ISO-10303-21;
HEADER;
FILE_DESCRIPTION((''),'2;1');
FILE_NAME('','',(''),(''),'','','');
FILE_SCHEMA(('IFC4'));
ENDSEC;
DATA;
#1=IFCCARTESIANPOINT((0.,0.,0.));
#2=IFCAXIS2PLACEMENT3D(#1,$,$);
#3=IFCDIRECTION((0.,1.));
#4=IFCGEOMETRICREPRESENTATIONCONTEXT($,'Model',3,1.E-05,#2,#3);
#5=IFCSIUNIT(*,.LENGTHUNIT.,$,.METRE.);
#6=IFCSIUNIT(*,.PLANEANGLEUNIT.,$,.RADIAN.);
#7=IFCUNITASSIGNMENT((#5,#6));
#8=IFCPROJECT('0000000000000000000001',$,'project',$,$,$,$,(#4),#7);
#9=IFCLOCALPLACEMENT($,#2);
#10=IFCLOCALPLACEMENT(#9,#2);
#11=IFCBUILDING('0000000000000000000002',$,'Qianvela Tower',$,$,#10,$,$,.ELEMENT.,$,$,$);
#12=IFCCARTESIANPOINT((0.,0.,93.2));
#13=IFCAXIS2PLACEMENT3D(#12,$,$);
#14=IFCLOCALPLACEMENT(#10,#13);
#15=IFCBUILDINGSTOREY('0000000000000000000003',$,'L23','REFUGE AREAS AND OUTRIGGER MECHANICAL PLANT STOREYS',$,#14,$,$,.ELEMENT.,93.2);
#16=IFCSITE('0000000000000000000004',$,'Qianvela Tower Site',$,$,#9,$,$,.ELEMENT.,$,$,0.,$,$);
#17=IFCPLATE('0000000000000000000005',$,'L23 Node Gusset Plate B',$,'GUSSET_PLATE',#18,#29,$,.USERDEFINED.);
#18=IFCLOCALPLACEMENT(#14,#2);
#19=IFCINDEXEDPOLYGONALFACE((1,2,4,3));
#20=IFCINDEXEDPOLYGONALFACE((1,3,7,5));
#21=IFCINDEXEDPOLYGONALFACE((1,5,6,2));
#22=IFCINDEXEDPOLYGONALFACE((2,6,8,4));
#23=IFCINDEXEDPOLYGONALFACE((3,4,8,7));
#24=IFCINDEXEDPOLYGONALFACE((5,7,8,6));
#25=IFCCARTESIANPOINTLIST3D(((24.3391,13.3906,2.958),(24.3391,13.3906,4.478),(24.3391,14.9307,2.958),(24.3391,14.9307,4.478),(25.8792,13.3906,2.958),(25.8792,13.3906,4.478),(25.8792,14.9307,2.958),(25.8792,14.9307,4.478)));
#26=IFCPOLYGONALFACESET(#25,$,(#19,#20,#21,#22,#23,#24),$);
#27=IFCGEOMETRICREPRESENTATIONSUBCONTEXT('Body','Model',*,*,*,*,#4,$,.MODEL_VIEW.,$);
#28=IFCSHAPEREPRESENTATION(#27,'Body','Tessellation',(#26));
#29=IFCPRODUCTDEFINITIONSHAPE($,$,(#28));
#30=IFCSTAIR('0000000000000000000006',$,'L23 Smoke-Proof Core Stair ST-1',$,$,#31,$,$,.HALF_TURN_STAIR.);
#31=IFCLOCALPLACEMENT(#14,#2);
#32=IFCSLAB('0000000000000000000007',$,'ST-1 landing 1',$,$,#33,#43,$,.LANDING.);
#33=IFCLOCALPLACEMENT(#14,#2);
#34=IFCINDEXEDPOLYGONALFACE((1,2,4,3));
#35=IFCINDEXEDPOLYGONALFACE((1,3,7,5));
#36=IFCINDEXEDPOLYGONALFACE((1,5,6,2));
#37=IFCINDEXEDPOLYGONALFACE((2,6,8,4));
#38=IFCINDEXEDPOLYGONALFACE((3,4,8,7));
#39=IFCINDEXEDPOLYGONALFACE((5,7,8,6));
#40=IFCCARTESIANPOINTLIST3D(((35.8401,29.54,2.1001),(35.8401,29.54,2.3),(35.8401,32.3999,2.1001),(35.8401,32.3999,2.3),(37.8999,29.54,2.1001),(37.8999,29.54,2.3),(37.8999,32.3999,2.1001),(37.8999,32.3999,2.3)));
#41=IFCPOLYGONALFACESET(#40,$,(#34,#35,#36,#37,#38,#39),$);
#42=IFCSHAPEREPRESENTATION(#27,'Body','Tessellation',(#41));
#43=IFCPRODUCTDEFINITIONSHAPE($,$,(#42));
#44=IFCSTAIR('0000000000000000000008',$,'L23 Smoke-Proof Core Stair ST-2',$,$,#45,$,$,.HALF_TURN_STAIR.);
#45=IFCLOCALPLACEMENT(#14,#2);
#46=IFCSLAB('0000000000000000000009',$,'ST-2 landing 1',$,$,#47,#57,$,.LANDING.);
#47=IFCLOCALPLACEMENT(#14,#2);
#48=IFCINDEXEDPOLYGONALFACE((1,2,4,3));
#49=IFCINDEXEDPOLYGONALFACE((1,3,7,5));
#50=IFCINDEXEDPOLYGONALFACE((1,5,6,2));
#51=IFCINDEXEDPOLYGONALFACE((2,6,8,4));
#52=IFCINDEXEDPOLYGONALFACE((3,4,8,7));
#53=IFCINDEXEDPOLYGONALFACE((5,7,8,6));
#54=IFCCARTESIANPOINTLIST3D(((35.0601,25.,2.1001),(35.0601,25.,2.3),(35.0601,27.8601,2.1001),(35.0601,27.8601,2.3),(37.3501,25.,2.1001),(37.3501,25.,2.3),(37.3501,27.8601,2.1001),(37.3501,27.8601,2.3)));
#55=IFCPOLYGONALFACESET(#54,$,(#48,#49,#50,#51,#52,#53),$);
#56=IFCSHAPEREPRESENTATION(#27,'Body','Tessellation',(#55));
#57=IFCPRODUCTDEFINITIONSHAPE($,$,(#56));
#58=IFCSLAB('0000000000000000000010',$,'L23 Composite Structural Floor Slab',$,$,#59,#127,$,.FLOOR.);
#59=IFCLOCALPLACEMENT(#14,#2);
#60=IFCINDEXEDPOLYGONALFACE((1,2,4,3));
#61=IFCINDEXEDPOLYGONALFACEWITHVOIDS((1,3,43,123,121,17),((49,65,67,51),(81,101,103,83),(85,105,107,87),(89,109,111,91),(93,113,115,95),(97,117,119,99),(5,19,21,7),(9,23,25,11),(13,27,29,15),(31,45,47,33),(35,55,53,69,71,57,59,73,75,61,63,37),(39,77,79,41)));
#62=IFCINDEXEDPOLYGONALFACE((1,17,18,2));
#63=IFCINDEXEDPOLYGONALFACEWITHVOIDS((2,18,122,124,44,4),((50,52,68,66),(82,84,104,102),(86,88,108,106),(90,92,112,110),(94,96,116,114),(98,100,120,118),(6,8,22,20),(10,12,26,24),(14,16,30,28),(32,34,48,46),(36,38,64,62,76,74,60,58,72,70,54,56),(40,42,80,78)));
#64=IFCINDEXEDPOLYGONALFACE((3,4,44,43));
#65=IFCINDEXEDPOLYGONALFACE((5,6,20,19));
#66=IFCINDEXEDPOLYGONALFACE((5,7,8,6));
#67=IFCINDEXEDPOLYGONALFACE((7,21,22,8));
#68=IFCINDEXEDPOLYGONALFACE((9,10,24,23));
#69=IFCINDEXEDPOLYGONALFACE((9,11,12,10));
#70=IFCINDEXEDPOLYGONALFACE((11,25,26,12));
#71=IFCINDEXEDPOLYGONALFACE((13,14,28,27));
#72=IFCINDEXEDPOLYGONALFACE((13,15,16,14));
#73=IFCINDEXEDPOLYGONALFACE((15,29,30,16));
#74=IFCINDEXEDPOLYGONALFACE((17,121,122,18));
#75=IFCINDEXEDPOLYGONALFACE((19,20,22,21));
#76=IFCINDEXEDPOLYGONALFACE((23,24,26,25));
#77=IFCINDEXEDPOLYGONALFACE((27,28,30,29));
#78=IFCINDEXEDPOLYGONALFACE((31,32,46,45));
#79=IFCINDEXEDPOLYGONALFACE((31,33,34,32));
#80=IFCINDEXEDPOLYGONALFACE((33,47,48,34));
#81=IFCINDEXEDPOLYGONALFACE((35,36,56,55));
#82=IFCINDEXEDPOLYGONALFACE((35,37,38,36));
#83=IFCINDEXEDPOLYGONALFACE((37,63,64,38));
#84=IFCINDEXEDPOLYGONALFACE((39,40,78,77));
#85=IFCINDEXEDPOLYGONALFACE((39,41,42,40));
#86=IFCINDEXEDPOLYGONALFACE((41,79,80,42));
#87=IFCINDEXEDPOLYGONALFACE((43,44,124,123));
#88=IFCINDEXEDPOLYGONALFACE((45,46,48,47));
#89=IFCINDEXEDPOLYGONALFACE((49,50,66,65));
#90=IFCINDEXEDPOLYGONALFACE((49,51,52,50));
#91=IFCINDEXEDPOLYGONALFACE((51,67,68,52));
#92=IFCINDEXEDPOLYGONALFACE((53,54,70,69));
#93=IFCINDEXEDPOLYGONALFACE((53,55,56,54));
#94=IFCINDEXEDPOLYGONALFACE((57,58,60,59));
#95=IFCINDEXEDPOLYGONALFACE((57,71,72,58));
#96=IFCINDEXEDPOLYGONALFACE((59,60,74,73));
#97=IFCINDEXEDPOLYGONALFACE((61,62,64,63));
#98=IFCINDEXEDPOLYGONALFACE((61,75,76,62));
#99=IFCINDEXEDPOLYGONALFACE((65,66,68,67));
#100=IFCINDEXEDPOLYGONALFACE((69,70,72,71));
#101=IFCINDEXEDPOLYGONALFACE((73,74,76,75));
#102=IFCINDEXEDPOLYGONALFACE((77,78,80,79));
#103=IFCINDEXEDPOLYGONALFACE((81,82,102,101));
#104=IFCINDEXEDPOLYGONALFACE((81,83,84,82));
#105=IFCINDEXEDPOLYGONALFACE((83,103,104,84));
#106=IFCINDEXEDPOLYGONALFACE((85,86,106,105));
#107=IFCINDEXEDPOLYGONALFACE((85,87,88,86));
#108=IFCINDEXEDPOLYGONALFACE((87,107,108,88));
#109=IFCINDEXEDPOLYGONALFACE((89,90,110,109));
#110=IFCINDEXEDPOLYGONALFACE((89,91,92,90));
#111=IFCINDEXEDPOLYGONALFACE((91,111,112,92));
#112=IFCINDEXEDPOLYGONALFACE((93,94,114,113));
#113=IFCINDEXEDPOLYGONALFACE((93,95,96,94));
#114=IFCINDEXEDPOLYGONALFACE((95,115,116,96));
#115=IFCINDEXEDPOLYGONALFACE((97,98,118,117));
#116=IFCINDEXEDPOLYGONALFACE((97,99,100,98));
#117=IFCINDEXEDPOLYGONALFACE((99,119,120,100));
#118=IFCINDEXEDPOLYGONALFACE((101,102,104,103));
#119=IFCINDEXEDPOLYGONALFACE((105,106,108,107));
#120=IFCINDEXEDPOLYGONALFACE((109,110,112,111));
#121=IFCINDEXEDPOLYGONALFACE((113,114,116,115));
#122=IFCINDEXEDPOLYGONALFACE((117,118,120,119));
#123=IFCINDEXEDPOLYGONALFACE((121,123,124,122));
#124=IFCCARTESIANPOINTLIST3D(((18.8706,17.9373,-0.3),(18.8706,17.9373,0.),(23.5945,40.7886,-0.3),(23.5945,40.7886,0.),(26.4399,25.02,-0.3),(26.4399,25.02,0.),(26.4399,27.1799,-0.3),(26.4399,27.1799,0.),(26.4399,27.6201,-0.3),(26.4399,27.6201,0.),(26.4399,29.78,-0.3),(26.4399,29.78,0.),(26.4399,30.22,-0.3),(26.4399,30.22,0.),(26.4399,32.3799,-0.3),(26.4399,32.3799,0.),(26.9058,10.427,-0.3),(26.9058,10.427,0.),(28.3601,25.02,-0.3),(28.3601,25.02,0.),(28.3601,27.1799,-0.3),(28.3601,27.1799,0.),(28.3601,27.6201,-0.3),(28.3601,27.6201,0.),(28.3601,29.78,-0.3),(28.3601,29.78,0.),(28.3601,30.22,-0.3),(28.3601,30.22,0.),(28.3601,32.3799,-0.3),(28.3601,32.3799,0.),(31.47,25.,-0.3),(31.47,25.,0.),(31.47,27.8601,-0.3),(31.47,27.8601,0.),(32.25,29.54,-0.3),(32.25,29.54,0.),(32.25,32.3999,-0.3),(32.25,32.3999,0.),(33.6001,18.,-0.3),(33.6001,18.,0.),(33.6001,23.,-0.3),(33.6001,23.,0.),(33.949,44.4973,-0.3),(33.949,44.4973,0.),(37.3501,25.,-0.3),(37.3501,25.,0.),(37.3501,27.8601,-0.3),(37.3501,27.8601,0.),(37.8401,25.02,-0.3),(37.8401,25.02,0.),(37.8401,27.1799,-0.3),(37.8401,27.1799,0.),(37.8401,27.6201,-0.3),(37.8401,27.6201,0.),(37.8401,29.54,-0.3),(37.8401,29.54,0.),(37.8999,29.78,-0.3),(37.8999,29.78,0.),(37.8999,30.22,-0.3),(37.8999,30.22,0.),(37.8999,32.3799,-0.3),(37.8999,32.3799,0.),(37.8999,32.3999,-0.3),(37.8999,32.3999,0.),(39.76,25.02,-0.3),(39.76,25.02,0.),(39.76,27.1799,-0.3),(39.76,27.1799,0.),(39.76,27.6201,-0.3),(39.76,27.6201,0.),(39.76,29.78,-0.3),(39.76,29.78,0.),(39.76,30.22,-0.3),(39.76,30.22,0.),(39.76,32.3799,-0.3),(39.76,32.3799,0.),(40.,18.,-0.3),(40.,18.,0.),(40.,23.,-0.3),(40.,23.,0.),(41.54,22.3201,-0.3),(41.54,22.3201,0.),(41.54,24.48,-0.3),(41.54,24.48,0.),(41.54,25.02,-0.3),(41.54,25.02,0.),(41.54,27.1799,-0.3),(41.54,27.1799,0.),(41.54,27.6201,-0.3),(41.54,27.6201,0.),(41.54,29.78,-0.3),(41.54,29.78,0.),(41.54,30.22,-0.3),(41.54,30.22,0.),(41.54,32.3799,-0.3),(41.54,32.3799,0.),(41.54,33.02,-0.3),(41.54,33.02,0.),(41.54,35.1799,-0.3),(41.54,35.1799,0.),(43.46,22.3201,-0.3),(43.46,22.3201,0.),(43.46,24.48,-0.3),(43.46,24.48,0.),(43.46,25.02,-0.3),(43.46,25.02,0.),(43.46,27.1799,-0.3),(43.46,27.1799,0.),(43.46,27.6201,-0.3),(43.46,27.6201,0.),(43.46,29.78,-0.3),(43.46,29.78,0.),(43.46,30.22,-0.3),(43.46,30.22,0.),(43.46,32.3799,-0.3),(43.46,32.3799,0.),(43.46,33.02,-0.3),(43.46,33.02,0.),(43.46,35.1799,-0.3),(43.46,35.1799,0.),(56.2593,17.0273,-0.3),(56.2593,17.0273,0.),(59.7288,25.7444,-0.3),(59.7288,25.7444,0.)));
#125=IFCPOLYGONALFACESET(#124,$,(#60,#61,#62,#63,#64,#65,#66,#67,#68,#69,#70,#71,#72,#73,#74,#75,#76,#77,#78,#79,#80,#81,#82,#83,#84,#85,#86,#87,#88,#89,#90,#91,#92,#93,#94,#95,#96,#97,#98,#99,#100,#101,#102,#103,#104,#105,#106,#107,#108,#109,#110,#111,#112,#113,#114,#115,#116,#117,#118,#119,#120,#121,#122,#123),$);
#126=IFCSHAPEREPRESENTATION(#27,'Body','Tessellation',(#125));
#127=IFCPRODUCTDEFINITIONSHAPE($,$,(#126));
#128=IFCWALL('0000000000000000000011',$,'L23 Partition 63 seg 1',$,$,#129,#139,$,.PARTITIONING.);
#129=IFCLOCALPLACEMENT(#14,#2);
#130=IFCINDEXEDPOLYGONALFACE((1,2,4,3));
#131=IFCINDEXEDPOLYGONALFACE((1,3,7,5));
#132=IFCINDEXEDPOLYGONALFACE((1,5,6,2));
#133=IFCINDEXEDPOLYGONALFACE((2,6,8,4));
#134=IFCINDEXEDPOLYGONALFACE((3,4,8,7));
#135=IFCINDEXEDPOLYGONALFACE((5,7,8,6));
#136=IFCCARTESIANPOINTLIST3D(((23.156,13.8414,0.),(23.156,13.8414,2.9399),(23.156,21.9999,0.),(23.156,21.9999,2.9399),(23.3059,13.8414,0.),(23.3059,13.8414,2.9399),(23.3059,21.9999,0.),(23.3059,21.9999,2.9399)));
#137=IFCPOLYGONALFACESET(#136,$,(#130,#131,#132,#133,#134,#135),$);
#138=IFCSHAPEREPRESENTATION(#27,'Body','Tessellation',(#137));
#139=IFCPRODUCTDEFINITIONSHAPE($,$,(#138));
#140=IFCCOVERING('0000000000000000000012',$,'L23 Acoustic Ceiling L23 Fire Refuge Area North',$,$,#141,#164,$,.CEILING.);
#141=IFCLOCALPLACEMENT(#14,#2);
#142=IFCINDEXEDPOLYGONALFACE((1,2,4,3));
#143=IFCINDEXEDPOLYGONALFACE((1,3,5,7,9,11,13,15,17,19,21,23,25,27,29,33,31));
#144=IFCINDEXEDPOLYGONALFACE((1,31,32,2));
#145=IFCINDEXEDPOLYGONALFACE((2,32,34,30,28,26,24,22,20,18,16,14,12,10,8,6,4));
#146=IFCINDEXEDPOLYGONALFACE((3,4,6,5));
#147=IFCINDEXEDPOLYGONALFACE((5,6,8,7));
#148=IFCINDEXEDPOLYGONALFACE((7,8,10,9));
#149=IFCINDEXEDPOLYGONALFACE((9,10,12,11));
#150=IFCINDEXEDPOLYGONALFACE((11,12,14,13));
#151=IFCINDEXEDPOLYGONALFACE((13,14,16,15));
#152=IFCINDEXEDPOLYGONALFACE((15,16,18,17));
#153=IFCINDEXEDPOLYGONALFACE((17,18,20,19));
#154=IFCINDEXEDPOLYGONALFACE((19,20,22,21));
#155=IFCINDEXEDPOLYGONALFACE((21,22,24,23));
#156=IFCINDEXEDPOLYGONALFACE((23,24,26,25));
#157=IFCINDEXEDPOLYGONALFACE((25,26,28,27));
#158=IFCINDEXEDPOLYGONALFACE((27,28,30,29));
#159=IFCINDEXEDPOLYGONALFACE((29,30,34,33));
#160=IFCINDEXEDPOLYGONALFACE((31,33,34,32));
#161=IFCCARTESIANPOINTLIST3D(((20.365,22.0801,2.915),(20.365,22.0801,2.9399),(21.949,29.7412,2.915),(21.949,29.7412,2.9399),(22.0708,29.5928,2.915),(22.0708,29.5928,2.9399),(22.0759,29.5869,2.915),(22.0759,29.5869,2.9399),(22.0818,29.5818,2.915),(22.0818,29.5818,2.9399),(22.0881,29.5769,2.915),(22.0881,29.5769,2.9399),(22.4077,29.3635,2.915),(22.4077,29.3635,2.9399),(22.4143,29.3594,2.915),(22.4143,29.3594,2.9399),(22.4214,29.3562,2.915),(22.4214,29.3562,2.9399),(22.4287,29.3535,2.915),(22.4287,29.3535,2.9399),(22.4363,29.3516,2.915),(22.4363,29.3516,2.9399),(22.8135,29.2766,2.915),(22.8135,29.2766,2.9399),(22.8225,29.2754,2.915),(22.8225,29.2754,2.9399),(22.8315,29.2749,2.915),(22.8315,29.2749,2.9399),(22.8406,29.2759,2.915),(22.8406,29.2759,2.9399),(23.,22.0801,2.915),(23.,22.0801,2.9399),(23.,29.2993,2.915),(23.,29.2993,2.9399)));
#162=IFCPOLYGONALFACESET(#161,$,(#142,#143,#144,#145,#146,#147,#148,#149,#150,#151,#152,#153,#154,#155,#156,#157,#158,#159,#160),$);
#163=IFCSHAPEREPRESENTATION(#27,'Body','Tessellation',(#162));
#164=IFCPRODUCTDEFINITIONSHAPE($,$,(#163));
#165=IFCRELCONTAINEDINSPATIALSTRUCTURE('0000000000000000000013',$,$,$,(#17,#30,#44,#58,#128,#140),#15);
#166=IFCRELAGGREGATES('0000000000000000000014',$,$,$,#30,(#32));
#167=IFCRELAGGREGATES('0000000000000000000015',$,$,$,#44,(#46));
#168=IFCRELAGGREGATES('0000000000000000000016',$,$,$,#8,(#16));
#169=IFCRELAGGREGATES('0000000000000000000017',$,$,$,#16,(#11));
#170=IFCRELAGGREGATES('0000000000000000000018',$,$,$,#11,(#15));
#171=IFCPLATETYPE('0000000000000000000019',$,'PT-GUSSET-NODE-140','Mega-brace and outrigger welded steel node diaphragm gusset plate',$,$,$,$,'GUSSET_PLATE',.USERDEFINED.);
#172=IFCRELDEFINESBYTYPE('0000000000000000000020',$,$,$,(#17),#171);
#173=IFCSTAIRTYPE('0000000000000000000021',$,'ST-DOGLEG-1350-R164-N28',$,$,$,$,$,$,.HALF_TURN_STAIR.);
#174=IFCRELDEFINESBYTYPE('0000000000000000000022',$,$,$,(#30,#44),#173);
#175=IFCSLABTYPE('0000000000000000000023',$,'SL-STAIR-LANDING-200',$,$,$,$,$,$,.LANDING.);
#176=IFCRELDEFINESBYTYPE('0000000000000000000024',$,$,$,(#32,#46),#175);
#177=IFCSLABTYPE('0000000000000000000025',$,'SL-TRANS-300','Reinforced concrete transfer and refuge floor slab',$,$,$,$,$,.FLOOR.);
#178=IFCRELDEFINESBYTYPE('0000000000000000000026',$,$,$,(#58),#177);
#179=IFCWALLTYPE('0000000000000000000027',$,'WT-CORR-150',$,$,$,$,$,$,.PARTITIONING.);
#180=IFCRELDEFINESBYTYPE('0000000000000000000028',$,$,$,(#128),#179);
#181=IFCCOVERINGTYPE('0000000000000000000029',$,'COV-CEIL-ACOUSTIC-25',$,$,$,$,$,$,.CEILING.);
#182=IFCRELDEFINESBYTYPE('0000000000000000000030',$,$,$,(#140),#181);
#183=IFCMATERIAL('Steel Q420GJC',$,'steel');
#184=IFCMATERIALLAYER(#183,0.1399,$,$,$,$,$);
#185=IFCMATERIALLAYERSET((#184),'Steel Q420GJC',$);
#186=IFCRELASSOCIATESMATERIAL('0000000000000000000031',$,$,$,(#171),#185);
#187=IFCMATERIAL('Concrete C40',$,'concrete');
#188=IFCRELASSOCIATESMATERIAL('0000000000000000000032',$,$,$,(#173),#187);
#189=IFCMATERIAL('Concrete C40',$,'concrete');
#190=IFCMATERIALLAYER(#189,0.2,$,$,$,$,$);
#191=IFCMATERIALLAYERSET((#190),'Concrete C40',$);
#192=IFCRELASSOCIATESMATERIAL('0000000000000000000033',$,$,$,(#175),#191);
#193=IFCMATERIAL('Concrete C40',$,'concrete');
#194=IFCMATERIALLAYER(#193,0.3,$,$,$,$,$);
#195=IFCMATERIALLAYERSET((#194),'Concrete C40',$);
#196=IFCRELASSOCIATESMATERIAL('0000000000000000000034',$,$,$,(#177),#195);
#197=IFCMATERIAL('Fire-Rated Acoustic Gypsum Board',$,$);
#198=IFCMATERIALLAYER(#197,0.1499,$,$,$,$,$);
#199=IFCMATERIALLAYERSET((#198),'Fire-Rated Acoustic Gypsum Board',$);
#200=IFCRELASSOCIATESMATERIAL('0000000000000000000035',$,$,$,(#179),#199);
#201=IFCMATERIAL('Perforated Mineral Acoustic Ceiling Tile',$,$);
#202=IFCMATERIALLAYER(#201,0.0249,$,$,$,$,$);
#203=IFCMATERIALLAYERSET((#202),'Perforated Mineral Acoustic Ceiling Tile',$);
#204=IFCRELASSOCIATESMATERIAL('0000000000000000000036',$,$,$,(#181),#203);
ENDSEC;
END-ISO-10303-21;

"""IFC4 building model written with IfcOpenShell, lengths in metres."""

from ifc_helpers import new_model, si_unit, direction, frame, frame_2d, origin, origin_2d, place, context, subcontext, project, spatial, polyline, rectangle, outline, extrude, material, layer, layer_set, type_object, element, aggregate, save


model = new_model("IFC4")

# Units and contexts
model_context = context("Model", 3, precision=1e-05, world=origin(), true_north=direction((0.0, 1.0)))
body_context = subcontext(model_context, "Body", "Model", "MODEL_VIEW")
ifc_project = project(units=[si_unit("LENGTHUNIT", "METRE"), si_unit("PLANEANGLEUNIT", "RADIAN")], contexts=[model_context])

# Site, building, storey
site_placement = place(None, origin())
site = spatial("IfcSite", under=ifc_project, at=site_placement, Name="Qianvela Tower Site", CompositionType="ELEMENT", RefElevation=0.0)
building_placement = place(site_placement, origin())
building = spatial("IfcBuilding", under=site, at=building_placement, Name="Qianvela Tower", CompositionType="ELEMENT")
storey_placement = place(building_placement, frame((0.0, 0.0, 93.2)))
storey = spatial("IfcBuildingStorey", under=building, at=storey_placement, Name="L23", Description="REFUGE AREAS AND OUTRIGGER MECHANICAL PLANT STOREYS", CompositionType="ELEMENT", Elevation=93.2)

# Plate
ifc_material_1 = material(Name="Steel Q420GJC", Category="steel")
ifc_layer_1 = layer(ifc_material_1, 0.1399)
ifc_layer_set_1 = layer_set([ifc_layer_1], Name="Steel Q420GJC")
plate_type = type_object("IfcPlateType", Name="PT-GUSSET-NODE-140", Description="Mega-brace and outrigger welded steel node diaphragm gusset plate", ElementType="GUSSET_PLATE", PredefinedType="USERDEFINED", material=ifc_layer_set_1)
plate_placement = place(storey_placement, frame((25.1091, 14.1606, 2.958), z_axis=(0.0, 0.0, 1.0), x_axis=(1.0, 0.0, 0.0)))
element("IfcPlate", 1, at=plate_placement, inside=storey, type_object=plate_type, Name="L23 Node Gusset Plate B", ObjectType="GUSSET_PLATE", PredefinedType="USERDEFINED", context=body_context, shape_type="SweptSolid", body=[
    extrude(rectangle(XDim=1.54, YDim=1.54, at=origin_2d()), origin(), (0.0, 0.0, 1.0), 1.52),
])

# Stairs, slabs
ifc_material_2 = material(Name="Concrete C40", Category="concrete")
stair_type = type_object("IfcStairType", Name="ST-DOGLEG-1350-R164-N28", PredefinedType="HALF_TURN_STAIR", material=ifc_material_2)
stair_1_placement = place(storey_placement, origin())
stair_1 = element("IfcStair", 2, at=stair_1_placement, inside=storey, type_object=stair_type, Name="L23 Smoke-Proof Core Stair ST-1", PredefinedType="HALF_TURN_STAIR")
ifc_material_3 = material(Name="Concrete C40", Category="concrete")
ifc_layer_2 = layer(ifc_material_3, 0.2)
ifc_layer_set_2 = layer_set([ifc_layer_2], Name="Concrete C40")
slab_type_1 = type_object("IfcSlabType", Name="SL-STAIR-LANDING-200", PredefinedType="LANDING", material=ifc_layer_set_2)
slab_1_placement = place(storey_placement, frame((0.0, 0.0, 2.1001)))
slab_1 = element("IfcSlab", 3, at=slab_1_placement, type_object=slab_type_1, Name="ST-1 landing 1", PredefinedType="LANDING", context=body_context, shape_type="SweptSolid", body=[
    extrude(outline(polyline([(35.8401, 29.54), (37.8999, 29.54), (37.8999, 32.3999), (35.8401, 32.3999), (35.8401, 29.54)])), origin(), (0.0, 0.0, 1.0), 0.2),
])
aggregate(stair_1, [slab_1])
stair_2_placement = place(storey_placement, origin())
stair_2 = element("IfcStair", 4, at=stair_2_placement, inside=storey, type_object=stair_type, Name="L23 Smoke-Proof Core Stair ST-2", PredefinedType="HALF_TURN_STAIR")
slab_2_placement = place(storey_placement, frame((0.0, 0.0, 2.1001)))
slab_2 = element("IfcSlab", 5, at=slab_2_placement, type_object=slab_type_1, Name="ST-2 landing 1", PredefinedType="LANDING", context=body_context, shape_type="SweptSolid", body=[
    extrude(outline(polyline([(35.0601, 25.0), (37.3501, 25.0), (37.3501, 27.8601), (35.0601, 27.8601), (35.0601, 25.0)])), origin(), (0.0, 0.0, 1.0), 0.2),
])
aggregate(stair_2, [slab_2])

# Slab
ifc_material_4 = material(Name="Concrete C40", Category="concrete")
ifc_layer_3 = layer(ifc_material_4, 0.3)
ifc_layer_set_3 = layer_set([ifc_layer_3], Name="Concrete C40")
slab_type_2 = type_object("IfcSlabType", Name="SL-TRANS-300", Description="Reinforced concrete transfer and refuge floor slab", PredefinedType="FLOOR", material=ifc_layer_set_3)
slab_3_placement = place(storey_placement, frame((0.0, 0.0, -0.3)))
element("IfcSlab", 6, at=slab_3_placement, inside=storey, type_object=slab_type_2, Name="L23 Composite Structural Floor Slab", PredefinedType="FLOOR", context=body_context, shape_type="SweptSolid", body=[
    extrude(outline(polyline([(56.2593, 17.0273), (59.7288, 25.7444), (33.949, 44.4973), (23.5945, 40.7886), (18.8706, 17.9373), (26.9058, 10.427), (56.2593, 17.0273)]), holes=[polyline([(40.0, 23.0), (33.6001, 23.0), (33.6001, 18.0), (40.0, 18.0), (40.0, 23.0)]), polyline([(28.3601, 25.02), (28.3601, 27.1799), (26.4399, 27.1799), (26.4399, 25.02), (28.3601, 25.02)]), polyline([(37.3501, 25.0), (37.3501, 27.8601), (31.47, 27.8601), (31.47, 25.0), (37.3501, 25.0)]), polyline([(28.3601, 27.6201), (28.3601, 29.78), (26.4399, 29.78), (26.4399, 27.6201), (28.3601, 27.6201)]), polyline([(37.8999, 32.3799), (37.8999, 32.3999), (32.25, 32.3999), (32.25, 29.54), (37.8401, 29.54), (37.8401, 27.6201), (39.76, 27.6201), (39.76, 29.78), (37.8999, 29.78), (37.8999, 30.22), (39.76, 30.22), (39.76, 32.3799), (37.8999, 32.3799)]), polyline([(28.3601, 30.22), (28.3601, 32.3799), (26.4399, 32.3799), (26.4399, 30.22), (28.3601, 30.22)]), polyline([(43.46, 24.48), (41.54, 24.48), (41.54, 22.3201), (43.46, 22.3201), (43.46, 24.48)]), polyline([(39.76, 25.02), (39.76, 27.1799), (37.8401, 27.1799), (37.8401, 25.02), (39.76, 25.02)]), polyline([(43.46, 25.02), (43.46, 27.1799), (41.54, 27.1799), (41.54, 25.02), (43.46, 25.02)]), polyline([(43.46, 27.6201), (43.46, 29.78), (41.54, 29.78), (41.54, 27.6201), (43.46, 27.6201)]), polyline([(43.46, 30.22), (43.46, 32.3799), (41.54, 32.3799), (41.54, 30.22), (43.46, 30.22)]), polyline([(43.46, 33.02), (43.46, 35.1799), (41.54, 35.1799), (41.54, 33.02), (43.46, 33.02)])]), origin(), (0.0, 0.0, 1.0), 0.3),
])

# Wall
ifc_material_5 = material(Name="Fire-Rated Acoustic Gypsum Board")
ifc_layer_4 = layer(ifc_material_5, 0.1499)
ifc_layer_set_4 = layer_set([ifc_layer_4], Name="Fire-Rated Acoustic Gypsum Board")
wall_type = type_object("IfcWallType", Name="WT-CORR-150", PredefinedType="PARTITIONING", material=ifc_layer_set_4)
wall_placement = place(storey_placement, frame((23.231, 13.8416, 0.0), z_axis=(0.0, 0.0, 1.0), x_axis=(0.0, 1.0, 0.0)))
element("IfcWall", 7, at=wall_placement, inside=storey, type_object=wall_type, Name="L23 Partition 63 seg 1", PredefinedType="PARTITIONING", context=body_context, shape_type="SweptSolid", body=[
    extrude(rectangle(XDim=8.1584, YDim=0.1499, at=frame_2d((4.0791, 0.0))), origin(), (0.0, 0.0, 1.0), 2.9399),
])

# Covering
ifc_material_6 = material(Name="Perforated Mineral Acoustic Ceiling Tile")
ifc_layer_5 = layer(ifc_material_6, 0.0249)
ifc_layer_set_5 = layer_set([ifc_layer_5], Name="Perforated Mineral Acoustic Ceiling Tile")
covering_type_1 = type_object("IfcCoveringType", Name="COV-CEIL-ACOUSTIC-25", PredefinedType="CEILING", material=ifc_layer_set_5)
covering_1_placement = place(storey_placement, frame((0.0, 0.0, 2.915)))
element("IfcCovering", 8, at=covering_1_placement, inside=storey, type_object=covering_type_1, Name="L23 Acoustic Ceiling L23 Fire Refuge Area North", PredefinedType="CEILING", context=body_context, shape_type="SweptSolid", body=[
    extrude(outline(polyline([(21.949, 29.7412), (22.0708, 29.5928), (22.0759, 29.5869), (22.0818, 29.5818), (22.0881, 29.5769), (22.4077, 29.3635), (22.4143, 29.3594), (22.4214, 29.3562), (22.4287, 29.3535), (22.4363, 29.3516), (22.8135, 29.2766), (22.8225, 29.2754), (22.8315, 29.2749), (22.8406, 29.2759), (23.0, 29.2993), (23.0, 22.0801), (20.365, 22.0801), (21.949, 29.7412)])), origin(), (0.0, 0.0, 1.0), 0.0249),
])

save(model, "model.ifc")
